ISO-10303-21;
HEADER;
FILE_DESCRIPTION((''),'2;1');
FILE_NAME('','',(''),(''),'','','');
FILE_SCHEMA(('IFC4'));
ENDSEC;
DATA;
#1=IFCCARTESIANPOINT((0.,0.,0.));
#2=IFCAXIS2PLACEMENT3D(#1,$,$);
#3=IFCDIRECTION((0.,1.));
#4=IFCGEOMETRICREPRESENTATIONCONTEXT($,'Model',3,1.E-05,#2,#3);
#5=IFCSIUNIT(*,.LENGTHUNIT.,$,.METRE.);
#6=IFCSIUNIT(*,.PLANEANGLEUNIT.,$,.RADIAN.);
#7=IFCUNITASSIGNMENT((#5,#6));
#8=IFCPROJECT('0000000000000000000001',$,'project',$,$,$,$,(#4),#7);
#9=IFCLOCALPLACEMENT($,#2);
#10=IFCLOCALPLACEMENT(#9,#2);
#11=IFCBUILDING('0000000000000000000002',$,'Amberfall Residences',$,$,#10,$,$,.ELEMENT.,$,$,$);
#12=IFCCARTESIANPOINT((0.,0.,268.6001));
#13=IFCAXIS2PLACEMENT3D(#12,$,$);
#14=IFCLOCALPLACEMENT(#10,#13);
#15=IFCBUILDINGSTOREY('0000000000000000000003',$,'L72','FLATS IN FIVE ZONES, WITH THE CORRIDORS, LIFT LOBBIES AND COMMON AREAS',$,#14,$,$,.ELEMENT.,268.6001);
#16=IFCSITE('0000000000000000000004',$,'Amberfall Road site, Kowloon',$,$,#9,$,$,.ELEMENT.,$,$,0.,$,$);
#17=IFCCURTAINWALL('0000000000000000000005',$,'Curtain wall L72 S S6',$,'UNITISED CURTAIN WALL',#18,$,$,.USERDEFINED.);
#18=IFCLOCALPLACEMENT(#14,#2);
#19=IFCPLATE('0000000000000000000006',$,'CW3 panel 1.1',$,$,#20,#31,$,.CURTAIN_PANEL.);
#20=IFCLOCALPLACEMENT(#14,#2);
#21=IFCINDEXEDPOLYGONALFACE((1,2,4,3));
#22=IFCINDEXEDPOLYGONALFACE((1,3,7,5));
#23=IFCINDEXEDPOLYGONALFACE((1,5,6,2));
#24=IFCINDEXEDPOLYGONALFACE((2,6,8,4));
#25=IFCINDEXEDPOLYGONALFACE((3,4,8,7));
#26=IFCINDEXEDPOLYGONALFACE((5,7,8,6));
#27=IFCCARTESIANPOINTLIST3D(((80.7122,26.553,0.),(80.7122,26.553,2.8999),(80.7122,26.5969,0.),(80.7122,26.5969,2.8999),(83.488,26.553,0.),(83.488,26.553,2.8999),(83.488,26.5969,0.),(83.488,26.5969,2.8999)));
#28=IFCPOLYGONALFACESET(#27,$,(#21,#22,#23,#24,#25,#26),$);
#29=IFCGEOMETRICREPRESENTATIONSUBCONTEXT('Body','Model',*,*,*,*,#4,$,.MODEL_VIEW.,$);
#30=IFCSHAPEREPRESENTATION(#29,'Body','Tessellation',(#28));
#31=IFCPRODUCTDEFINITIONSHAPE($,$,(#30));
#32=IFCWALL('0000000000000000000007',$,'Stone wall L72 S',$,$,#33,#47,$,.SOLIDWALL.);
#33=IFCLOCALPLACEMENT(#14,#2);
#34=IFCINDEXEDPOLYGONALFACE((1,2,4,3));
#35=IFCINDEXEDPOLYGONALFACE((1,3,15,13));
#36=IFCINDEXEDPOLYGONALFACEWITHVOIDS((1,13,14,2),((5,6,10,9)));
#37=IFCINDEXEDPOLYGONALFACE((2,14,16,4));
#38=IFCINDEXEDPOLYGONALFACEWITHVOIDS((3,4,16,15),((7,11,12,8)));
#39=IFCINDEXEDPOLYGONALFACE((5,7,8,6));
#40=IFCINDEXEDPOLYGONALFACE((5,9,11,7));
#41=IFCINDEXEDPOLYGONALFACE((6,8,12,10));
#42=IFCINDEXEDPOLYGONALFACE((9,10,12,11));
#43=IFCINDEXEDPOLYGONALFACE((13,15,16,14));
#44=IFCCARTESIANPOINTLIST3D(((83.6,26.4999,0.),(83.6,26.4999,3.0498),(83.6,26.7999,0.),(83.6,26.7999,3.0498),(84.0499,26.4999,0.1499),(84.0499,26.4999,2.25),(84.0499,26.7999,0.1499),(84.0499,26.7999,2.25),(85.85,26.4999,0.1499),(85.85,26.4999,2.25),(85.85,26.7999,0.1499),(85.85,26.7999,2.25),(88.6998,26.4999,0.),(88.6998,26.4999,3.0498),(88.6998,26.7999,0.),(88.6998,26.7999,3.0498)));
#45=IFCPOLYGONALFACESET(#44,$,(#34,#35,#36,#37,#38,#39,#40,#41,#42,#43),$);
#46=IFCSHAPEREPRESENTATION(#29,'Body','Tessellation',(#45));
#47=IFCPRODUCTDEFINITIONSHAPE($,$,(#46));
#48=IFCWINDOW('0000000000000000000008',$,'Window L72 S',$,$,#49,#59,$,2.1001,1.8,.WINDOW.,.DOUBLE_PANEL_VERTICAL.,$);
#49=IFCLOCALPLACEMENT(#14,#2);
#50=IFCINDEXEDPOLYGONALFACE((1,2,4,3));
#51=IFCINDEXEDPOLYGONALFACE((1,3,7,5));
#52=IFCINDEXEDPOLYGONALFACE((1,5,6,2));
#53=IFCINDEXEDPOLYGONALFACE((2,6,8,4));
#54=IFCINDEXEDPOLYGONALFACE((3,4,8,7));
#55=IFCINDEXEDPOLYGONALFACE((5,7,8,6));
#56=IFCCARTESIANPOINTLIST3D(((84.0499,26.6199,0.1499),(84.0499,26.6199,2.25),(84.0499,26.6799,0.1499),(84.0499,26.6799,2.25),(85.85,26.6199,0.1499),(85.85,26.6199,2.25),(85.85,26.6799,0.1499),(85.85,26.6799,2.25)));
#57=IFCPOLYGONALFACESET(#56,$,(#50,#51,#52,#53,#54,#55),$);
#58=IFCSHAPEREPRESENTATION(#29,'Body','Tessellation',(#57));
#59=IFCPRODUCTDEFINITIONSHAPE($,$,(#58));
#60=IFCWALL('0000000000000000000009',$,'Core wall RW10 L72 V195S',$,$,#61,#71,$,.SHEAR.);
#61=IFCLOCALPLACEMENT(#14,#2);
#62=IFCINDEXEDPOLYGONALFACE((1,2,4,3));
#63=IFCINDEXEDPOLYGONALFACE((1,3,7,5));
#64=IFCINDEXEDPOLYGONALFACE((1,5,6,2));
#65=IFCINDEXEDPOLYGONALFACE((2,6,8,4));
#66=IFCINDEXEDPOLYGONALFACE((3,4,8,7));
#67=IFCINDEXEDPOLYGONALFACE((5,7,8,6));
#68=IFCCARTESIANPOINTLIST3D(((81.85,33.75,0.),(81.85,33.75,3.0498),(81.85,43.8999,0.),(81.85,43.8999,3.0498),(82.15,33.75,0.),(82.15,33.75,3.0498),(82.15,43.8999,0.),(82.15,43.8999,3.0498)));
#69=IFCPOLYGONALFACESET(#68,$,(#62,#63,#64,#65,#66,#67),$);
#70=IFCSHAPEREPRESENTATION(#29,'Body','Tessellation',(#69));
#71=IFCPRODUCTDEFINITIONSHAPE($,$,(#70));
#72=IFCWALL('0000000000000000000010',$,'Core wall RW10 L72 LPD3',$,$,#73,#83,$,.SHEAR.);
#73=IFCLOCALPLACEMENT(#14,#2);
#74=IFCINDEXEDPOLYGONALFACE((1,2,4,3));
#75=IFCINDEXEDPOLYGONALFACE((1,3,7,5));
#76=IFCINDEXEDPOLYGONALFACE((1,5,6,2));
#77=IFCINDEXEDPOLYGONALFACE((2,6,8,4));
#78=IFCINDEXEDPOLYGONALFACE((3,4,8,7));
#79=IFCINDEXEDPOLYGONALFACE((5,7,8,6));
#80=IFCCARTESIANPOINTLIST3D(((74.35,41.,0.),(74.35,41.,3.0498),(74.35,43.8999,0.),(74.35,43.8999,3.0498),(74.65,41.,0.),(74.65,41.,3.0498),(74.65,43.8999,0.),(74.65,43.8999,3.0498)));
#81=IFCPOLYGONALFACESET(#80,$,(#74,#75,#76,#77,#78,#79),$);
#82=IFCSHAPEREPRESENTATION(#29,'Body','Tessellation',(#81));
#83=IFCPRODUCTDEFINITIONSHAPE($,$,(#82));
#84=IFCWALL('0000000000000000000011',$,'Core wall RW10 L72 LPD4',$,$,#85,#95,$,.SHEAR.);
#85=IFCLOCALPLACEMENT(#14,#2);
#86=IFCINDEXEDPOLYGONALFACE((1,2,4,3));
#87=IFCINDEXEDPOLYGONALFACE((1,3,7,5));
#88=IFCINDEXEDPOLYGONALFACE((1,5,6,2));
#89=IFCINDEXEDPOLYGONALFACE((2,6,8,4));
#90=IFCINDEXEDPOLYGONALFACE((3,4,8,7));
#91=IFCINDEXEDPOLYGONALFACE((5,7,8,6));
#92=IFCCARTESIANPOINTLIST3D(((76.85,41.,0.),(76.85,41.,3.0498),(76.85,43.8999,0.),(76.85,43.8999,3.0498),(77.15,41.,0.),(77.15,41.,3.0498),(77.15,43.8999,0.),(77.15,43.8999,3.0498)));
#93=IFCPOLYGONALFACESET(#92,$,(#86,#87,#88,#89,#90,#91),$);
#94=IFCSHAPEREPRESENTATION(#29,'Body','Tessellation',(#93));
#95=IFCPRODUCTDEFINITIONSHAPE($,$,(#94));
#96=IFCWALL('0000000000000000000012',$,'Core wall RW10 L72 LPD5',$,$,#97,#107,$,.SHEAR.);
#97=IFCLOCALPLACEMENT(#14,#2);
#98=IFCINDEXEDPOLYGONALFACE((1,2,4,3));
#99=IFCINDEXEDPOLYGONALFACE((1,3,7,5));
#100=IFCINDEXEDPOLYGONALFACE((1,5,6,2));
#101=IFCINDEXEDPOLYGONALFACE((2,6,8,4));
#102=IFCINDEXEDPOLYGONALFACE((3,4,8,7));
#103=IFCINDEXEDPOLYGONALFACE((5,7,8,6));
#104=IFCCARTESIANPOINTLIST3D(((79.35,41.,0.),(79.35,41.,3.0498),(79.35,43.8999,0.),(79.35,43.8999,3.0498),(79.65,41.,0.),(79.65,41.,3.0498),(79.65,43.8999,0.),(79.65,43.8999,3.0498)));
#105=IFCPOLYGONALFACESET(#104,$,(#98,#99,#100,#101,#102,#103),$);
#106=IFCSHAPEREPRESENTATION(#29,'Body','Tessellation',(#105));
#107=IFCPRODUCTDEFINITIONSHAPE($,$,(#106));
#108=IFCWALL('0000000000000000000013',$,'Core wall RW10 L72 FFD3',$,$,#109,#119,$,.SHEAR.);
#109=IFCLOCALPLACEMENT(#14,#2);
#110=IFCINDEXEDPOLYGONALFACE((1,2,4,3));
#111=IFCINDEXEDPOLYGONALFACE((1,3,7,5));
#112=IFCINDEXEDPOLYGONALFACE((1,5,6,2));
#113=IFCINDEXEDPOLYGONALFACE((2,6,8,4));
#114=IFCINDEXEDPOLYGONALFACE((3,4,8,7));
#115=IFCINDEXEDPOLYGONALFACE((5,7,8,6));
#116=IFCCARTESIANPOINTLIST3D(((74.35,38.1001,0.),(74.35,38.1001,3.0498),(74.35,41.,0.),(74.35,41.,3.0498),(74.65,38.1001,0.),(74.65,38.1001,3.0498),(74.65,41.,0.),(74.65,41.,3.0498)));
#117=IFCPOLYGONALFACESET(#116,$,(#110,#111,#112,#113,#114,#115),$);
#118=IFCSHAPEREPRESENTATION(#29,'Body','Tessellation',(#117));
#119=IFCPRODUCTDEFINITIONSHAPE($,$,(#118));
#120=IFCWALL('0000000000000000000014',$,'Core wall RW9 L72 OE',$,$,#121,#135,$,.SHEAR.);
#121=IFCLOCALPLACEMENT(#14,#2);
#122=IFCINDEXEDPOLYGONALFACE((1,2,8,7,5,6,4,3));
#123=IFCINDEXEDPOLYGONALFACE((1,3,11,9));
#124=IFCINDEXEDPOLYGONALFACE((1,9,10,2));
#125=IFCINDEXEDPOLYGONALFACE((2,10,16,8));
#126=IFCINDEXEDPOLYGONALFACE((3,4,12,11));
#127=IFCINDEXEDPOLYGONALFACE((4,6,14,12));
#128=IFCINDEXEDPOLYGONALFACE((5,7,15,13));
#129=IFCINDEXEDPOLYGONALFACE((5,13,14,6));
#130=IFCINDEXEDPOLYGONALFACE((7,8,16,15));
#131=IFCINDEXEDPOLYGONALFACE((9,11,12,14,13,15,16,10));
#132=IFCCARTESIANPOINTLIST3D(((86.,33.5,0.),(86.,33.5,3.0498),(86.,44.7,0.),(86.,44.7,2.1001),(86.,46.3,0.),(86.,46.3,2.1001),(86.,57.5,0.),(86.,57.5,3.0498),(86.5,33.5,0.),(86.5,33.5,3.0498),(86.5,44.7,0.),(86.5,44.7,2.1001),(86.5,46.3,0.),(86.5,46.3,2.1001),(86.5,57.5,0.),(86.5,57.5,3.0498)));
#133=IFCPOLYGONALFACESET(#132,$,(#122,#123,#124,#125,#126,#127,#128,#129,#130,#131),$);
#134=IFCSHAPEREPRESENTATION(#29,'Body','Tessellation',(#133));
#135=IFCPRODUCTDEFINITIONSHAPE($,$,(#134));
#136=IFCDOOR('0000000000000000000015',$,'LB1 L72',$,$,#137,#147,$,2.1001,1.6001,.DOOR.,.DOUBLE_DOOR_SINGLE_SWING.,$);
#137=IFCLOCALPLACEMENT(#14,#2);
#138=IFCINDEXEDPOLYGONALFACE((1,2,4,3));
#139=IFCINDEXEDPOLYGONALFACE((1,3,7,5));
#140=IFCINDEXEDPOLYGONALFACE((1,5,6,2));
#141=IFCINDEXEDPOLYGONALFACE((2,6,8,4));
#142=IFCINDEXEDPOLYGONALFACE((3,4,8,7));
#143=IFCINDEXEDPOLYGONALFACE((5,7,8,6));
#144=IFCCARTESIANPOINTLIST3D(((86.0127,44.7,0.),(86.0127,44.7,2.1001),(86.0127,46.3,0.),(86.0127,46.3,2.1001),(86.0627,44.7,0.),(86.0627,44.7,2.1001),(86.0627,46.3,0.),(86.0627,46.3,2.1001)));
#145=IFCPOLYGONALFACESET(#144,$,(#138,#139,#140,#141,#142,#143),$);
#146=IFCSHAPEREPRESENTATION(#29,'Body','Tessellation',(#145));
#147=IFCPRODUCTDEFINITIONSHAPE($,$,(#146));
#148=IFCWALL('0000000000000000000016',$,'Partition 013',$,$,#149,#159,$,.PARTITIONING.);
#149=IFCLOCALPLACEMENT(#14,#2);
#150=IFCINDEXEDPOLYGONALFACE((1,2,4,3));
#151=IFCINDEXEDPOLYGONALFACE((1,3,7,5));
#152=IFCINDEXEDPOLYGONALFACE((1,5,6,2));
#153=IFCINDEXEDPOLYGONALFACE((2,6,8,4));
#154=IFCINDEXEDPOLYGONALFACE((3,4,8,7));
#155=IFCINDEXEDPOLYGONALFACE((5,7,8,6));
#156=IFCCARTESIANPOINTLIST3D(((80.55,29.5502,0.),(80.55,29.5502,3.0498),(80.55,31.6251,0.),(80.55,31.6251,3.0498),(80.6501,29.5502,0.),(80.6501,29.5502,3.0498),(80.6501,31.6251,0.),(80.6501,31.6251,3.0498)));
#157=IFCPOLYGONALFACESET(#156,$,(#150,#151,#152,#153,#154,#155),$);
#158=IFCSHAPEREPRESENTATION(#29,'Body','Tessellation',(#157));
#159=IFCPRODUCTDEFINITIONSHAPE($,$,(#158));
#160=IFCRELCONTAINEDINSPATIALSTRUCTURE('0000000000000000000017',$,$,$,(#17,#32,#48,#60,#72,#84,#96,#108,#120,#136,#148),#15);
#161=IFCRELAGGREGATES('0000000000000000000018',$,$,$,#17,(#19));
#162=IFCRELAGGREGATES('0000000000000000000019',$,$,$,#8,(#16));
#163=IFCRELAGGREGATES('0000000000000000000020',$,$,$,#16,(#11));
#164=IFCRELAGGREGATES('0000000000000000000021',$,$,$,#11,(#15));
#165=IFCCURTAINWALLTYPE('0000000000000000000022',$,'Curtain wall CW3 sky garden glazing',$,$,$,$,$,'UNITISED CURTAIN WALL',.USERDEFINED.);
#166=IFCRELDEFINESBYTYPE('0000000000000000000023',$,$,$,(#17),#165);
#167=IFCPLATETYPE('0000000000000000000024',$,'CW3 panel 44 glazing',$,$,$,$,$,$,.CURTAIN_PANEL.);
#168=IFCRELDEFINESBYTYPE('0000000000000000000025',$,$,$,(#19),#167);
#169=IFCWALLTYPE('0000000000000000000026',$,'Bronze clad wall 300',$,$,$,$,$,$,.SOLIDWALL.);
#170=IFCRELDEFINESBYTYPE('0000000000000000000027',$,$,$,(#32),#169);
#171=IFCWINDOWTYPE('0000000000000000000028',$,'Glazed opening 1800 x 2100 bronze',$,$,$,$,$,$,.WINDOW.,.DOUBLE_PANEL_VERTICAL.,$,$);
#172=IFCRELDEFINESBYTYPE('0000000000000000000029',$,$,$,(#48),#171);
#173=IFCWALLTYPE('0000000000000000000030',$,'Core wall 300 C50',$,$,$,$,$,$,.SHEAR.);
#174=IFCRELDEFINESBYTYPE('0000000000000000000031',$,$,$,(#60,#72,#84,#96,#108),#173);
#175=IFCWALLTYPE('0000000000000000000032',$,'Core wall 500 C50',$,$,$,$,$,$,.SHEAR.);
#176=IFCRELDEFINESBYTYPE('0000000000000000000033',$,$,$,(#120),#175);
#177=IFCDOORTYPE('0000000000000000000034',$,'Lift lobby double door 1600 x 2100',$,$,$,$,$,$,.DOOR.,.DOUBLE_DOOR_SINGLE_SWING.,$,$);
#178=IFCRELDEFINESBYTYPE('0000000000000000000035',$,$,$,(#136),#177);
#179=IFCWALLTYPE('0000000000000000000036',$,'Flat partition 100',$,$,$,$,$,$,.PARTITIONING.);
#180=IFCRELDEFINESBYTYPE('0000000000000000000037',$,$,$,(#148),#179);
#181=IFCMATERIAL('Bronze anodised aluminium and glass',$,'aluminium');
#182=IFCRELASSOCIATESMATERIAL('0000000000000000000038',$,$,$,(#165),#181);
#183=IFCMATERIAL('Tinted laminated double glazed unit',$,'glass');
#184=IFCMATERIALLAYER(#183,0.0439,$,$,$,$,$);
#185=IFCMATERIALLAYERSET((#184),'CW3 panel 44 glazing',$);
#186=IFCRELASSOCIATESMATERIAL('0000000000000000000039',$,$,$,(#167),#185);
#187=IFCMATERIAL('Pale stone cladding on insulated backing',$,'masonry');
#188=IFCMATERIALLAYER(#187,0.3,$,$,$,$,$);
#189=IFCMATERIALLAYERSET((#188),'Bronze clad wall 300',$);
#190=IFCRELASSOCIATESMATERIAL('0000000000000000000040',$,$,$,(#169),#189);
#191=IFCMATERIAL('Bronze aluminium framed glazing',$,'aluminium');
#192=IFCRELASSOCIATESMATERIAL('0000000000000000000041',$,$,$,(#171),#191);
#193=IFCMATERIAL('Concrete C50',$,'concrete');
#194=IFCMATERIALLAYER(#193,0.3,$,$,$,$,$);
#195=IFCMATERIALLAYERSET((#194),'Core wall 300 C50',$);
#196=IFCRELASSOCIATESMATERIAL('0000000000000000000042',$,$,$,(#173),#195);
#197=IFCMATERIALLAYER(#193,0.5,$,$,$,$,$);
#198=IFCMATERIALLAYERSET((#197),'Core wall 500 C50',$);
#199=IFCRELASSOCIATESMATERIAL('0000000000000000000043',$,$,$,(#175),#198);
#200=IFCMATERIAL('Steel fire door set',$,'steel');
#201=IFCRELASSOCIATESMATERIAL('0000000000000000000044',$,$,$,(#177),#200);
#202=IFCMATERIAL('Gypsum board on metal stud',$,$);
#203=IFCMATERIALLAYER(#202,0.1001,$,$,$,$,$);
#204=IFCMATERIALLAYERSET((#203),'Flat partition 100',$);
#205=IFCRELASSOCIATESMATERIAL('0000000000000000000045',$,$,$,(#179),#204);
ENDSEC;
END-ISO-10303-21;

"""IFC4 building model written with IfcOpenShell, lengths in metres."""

from ifc_helpers import new_model, si_unit, direction, frame, frame_2d, origin, origin_2d, place, context, subcontext, project, spatial, rectangle, extrude, material, layer, layer_set, type_object, element, fill, aggregate, save


model = new_model("IFC4")

# Units and contexts
model_context = context("Model", 3, precision=1e-05, world=origin(), true_north=direction((0.0, 1.0)))
body_context = subcontext(model_context, "Body", "Model", "MODEL_VIEW")
ifc_project = project(units=[si_unit("LENGTHUNIT", "METRE"), si_unit("PLANEANGLEUNIT", "RADIAN")], contexts=[model_context])

# Site, building, storey
site_placement = place(None, origin())
site = spatial("IfcSite", under=ifc_project, at=site_placement, Name="Amberfall Road site, Kowloon", CompositionType="ELEMENT", RefElevation=0.0)
building_placement = place(site_placement, origin())
building = spatial("IfcBuilding", under=site, at=building_placement, Name="Amberfall Residences", CompositionType="ELEMENT")
storey_placement = place(building_placement, frame((0.0, 0.0, 268.6001)))
storey = spatial("IfcBuildingStorey", under=building, at=storey_placement, Name="L72", Description="FLATS IN FIVE ZONES, WITH THE CORRIDORS, LIFT LOBBIES AND COMMON AREAS", CompositionType="ELEMENT", Elevation=268.6001)

# Shared definitions
ifc_material_1 = material(Name="Concrete C50", Category="concrete")

# Curtain wall
ifc_material_2 = material(Name="Bronze anodised aluminium and glass", Category="aluminium")
curtain_wall_type = type_object("IfcCurtainWallType", Name="Curtain wall CW3 sky garden glazing", ElementType="UNITISED CURTAIN WALL", PredefinedType="USERDEFINED", material=ifc_material_2)
curtain_wall_placement = place(storey_placement, origin())
curtain_wall = element("IfcCurtainWall", 1, at=curtain_wall_placement, inside=storey, type_object=curtain_wall_type, Name="Curtain wall L72 S S6", ObjectType="UNITISED CURTAIN WALL", PredefinedType="USERDEFINED")

# Plate
ifc_material_3 = material(Name="Tinted laminated double glazed unit", Category="glass")
ifc_layer_1 = layer(ifc_material_3, 0.0439)
ifc_layer_set_1 = layer_set([ifc_layer_1], Name="CW3 panel 44 glazing")
plate_type = type_object("IfcPlateType", Name="CW3 panel 44 glazing", PredefinedType="CURTAIN_PANEL", material=ifc_layer_set_1)
plate_placement = place(storey_placement, frame((82.1001, 26.575, 0.0), z_axis=(0.0, 0.0, 1.0), x_axis=(1.0, 0.0, 0.0)))
plate = element("IfcPlate", 2, at=plate_placement, type_object=plate_type, Name="CW3 panel 1.1", PredefinedType="CURTAIN_PANEL", context=body_context, shape_type="SweptSolid", body=[
    extrude(rectangle(XDim=2.7759, YDim=0.0439, at=origin_2d()), origin(), (0.0, 0.0, 1.0), 2.8999),
])
aggregate(curtain_wall, [plate])

# Wall, opening, window
ifc_material_4 = material(Name="Pale stone cladding on insulated backing", Category="masonry")
ifc_layer_2 = layer(ifc_material_4, 0.3)
ifc_layer_set_2 = layer_set([ifc_layer_2], Name="Bronze clad wall 300")
wall_type_1 = type_object("IfcWallType", Name="Bronze clad wall 300", PredefinedType="SOLIDWALL", material=ifc_layer_set_2)
wall_1_placement = place(storey_placement, frame((83.6001, 26.6499, 0.0), z_axis=(0.0, 0.0, 1.0), x_axis=(1.0, 0.0, 0.0)))
wall_1 = element("IfcWall", 3, at=wall_1_placement, inside=storey, type_object=wall_type_1, Name="Stone wall L72 S", PredefinedType="SOLIDWALL", context=body_context, shape_type="SweptSolid", body=[
    extrude(rectangle(XDim=5.0999, YDim=0.3, at=frame_2d((2.5498, 0.0))), origin(), (0.0, 0.0, 1.0), 3.0498),
])
opening_1_placement = place(wall_1_placement, frame((0.45, 0.0, 0.1499)))
opening_1 = element("IfcOpeningElement", 4, at=opening_1_placement, cuts=wall_1, PredefinedType="OPENING", context=body_context, shape_type="SweptSolid", body=[
    extrude(rectangle(XDim=1.8, YDim=2.1001, at=frame_2d((0.8999, 1.05))), frame((0.0, 0.1599, 0.0), z_axis=(0.0, -1.0, 0.0), x_axis=(1.0, 0.0, 0.0)), (0.0, 0.0, 1.0), 0.3201),
])
ifc_material_5 = material(Name="Bronze aluminium framed glazing", Category="aluminium")
window_type = type_object("IfcWindowType", Name="Glazed opening 1800 x 2100 bronze", PartitioningType="DOUBLE_PANEL_VERTICAL", PredefinedType="WINDOW", material=ifc_material_5)
window_placement = place(opening_1_placement, origin())
window = element("IfcWindow", 5, at=window_placement, inside=storey, type_object=window_type, Name="Window L72 S", OverallHeight=2.1001, OverallWidth=1.8, PartitioningType="DOUBLE_PANEL_VERTICAL", PredefinedType="WINDOW", context=body_context, shape_type="SweptSolid", body=[
    extrude(rectangle(XDim=1.8, YDim=2.1001, at=frame_2d((0.8999, 1.05))), frame((0.0, 0.03, 0.0), z_axis=(0.0, -1.0, 0.0), x_axis=(1.0, 0.0, 0.0)), (0.0, 0.0, 1.0), 0.0601),
])
fill(opening_1, window)

# Walls
ifc_layer_3 = layer(ifc_material_1, 0.3)
ifc_layer_set_3 = layer_set([ifc_layer_3], Name="Core wall 300 C50")
wall_type_2 = type_object("IfcWallType", Name="Core wall 300 C50", PredefinedType="SHEAR", material=ifc_layer_set_3)
wall_2_placement = place(storey_placement, frame((82.0, 33.75, 0.0), z_axis=(0.0, 0.0, 1.0), x_axis=(0.0, 1.0, 0.0)))
element("IfcWall", 6, at=wall_2_placement, inside=storey, type_object=wall_type_2, Name="Core wall RW10 L72 V195S", PredefinedType="SHEAR", context=body_context, shape_type="SweptSolid", body=[
    extrude(rectangle(XDim=10.1499, YDim=0.3, at=frame_2d((5.075, 0.0))), origin(), (0.0, 0.0, 1.0), 3.0498),
])
for number, where, z_axis, x_axis, name in (
    (7, (74.5, 41.0, 0.0), (0.0, 0.0, 1.0), (0.0, 1.0, 0.0), "Core wall RW10 L72 LPD3"),
    (8, (77.0, 41.0, 0.0), (0.0, 0.0, 1.0), (0.0, 1.0, 0.0), "Core wall RW10 L72 LPD4"),
    (9, (79.5, 41.0, 0.0), (0.0, 0.0, 1.0), (0.0, 1.0, 0.0), "Core wall RW10 L72 LPD5"),
    (10, (74.5, 38.1001, 0.0), (0.0, 0.0, 1.0), (0.0, 1.0, 0.0), "Core wall RW10 L72 FFD3"),
):
    element("IfcWall", number, at=place(storey_placement, frame(where, z_axis=z_axis, x_axis=x_axis)), inside=storey, type_object=wall_type_2, Name=name, PredefinedType="SHEAR", context=body_context, shape_type="SweptSolid", body=[
        extrude(rectangle(XDim=2.8999, YDim=0.3, at=frame_2d((1.45, 0.0))), origin(), (0.0, 0.0, 1.0), 3.0498),
    ])

# Wall, opening, door
ifc_layer_4 = layer(ifc_material_1, 0.5)
ifc_layer_set_4 = layer_set([ifc_layer_4], Name="Core wall 500 C50")
wall_type_3 = type_object("IfcWallType", Name="Core wall 500 C50", PredefinedType="SHEAR", material=ifc_layer_set_4)
wall_3_placement = place(storey_placement, frame((86.25, 33.5, 0.0), z_axis=(0.0, 0.0, 1.0), x_axis=(0.0, 1.0, 0.0)))
wall_3 = element("IfcWall", 11, at=wall_3_placement, inside=storey, type_object=wall_type_3, Name="Core wall RW9 L72 OE", PredefinedType="SHEAR", context=body_context, shape_type="SweptSolid", body=[
    extrude(rectangle(XDim=24.0, YDim=0.5, at=frame_2d((12.0, 0.0))), origin(), (0.0, 0.0, 1.0), 3.0498),
])
opening_2_placement = place(wall_3_placement, frame((11.2, 0.0, 0.0)))
opening_2 = element("IfcOpeningElement", 12, at=opening_2_placement, cuts=wall_3, PredefinedType="OPENING", context=body_context, shape_type="SweptSolid", body=[
    extrude(rectangle(XDim=1.6001, YDim=2.1001, at=frame_2d((0.8, 1.05))), frame((0.0, 0.26, 0.0), z_axis=(0.0, -1.0, 0.0), x_axis=(1.0, 0.0, 0.0)), (0.0, 0.0, 1.0), 0.52),
])
ifc_material_6 = material(Name="Steel fire door set", Category="steel")
door_type_1 = type_object("IfcDoorType", Name="Lift lobby double door 1600 x 2100", OperationType="DOUBLE_DOOR_SINGLE_SWING", PredefinedType="DOOR", material=ifc_material_6)
door_1_placement = place(opening_2_placement, origin())
door_1 = element("IfcDoor", 13, at=door_1_placement, inside=storey, type_object=door_type_1, Name="LB1 L72", OperationType="DOUBLE_DOOR_SINGLE_SWING", OverallHeight=2.1001, OverallWidth=1.6001, PredefinedType="DOOR", context=body_context, shape_type="SweptSolid", body=[
    extrude(rectangle(XDim=1.6001, YDim=2.1001, at=frame_2d((0.8, 1.05))), frame((0.0, 0.2373, 0.0), z_axis=(0.0, -1.0, 0.0), x_axis=(1.0, 0.0, 0.0)), (0.0, 0.0, 1.0), 0.05),
])
fill(opening_2, door_1)

# Wall
ifc_material_7 = material(Name="Gypsum board on metal stud")
ifc_layer_5 = layer(ifc_material_7, 0.1001)
ifc_layer_set_5 = layer_set([ifc_layer_5], Name="Flat partition 100")
wall_type_4 = type_object("IfcWallType", Name="Flat partition 100", PredefinedType="PARTITIONING", material=ifc_layer_set_5)
wall_4_placement = place(storey_placement, frame((80.6001, 29.55, 0.0), z_axis=(0.0, 0.0, 1.0), x_axis=(0.0, 1.0, 0.0)))
element("IfcWall", 14, at=wall_4_placement, inside=storey, type_object=wall_type_4, Name="Partition 013", PredefinedType="PARTITIONING", context=body_context, shape_type="SweptSolid", body=[
    extrude(rectangle(XDim=2.075, YDim=0.1001, at=frame_2d((1.0376, 0.0))), origin(), (0.0, 0.0, 1.0), 3.0498),
])

save(model, "model.ifc")
